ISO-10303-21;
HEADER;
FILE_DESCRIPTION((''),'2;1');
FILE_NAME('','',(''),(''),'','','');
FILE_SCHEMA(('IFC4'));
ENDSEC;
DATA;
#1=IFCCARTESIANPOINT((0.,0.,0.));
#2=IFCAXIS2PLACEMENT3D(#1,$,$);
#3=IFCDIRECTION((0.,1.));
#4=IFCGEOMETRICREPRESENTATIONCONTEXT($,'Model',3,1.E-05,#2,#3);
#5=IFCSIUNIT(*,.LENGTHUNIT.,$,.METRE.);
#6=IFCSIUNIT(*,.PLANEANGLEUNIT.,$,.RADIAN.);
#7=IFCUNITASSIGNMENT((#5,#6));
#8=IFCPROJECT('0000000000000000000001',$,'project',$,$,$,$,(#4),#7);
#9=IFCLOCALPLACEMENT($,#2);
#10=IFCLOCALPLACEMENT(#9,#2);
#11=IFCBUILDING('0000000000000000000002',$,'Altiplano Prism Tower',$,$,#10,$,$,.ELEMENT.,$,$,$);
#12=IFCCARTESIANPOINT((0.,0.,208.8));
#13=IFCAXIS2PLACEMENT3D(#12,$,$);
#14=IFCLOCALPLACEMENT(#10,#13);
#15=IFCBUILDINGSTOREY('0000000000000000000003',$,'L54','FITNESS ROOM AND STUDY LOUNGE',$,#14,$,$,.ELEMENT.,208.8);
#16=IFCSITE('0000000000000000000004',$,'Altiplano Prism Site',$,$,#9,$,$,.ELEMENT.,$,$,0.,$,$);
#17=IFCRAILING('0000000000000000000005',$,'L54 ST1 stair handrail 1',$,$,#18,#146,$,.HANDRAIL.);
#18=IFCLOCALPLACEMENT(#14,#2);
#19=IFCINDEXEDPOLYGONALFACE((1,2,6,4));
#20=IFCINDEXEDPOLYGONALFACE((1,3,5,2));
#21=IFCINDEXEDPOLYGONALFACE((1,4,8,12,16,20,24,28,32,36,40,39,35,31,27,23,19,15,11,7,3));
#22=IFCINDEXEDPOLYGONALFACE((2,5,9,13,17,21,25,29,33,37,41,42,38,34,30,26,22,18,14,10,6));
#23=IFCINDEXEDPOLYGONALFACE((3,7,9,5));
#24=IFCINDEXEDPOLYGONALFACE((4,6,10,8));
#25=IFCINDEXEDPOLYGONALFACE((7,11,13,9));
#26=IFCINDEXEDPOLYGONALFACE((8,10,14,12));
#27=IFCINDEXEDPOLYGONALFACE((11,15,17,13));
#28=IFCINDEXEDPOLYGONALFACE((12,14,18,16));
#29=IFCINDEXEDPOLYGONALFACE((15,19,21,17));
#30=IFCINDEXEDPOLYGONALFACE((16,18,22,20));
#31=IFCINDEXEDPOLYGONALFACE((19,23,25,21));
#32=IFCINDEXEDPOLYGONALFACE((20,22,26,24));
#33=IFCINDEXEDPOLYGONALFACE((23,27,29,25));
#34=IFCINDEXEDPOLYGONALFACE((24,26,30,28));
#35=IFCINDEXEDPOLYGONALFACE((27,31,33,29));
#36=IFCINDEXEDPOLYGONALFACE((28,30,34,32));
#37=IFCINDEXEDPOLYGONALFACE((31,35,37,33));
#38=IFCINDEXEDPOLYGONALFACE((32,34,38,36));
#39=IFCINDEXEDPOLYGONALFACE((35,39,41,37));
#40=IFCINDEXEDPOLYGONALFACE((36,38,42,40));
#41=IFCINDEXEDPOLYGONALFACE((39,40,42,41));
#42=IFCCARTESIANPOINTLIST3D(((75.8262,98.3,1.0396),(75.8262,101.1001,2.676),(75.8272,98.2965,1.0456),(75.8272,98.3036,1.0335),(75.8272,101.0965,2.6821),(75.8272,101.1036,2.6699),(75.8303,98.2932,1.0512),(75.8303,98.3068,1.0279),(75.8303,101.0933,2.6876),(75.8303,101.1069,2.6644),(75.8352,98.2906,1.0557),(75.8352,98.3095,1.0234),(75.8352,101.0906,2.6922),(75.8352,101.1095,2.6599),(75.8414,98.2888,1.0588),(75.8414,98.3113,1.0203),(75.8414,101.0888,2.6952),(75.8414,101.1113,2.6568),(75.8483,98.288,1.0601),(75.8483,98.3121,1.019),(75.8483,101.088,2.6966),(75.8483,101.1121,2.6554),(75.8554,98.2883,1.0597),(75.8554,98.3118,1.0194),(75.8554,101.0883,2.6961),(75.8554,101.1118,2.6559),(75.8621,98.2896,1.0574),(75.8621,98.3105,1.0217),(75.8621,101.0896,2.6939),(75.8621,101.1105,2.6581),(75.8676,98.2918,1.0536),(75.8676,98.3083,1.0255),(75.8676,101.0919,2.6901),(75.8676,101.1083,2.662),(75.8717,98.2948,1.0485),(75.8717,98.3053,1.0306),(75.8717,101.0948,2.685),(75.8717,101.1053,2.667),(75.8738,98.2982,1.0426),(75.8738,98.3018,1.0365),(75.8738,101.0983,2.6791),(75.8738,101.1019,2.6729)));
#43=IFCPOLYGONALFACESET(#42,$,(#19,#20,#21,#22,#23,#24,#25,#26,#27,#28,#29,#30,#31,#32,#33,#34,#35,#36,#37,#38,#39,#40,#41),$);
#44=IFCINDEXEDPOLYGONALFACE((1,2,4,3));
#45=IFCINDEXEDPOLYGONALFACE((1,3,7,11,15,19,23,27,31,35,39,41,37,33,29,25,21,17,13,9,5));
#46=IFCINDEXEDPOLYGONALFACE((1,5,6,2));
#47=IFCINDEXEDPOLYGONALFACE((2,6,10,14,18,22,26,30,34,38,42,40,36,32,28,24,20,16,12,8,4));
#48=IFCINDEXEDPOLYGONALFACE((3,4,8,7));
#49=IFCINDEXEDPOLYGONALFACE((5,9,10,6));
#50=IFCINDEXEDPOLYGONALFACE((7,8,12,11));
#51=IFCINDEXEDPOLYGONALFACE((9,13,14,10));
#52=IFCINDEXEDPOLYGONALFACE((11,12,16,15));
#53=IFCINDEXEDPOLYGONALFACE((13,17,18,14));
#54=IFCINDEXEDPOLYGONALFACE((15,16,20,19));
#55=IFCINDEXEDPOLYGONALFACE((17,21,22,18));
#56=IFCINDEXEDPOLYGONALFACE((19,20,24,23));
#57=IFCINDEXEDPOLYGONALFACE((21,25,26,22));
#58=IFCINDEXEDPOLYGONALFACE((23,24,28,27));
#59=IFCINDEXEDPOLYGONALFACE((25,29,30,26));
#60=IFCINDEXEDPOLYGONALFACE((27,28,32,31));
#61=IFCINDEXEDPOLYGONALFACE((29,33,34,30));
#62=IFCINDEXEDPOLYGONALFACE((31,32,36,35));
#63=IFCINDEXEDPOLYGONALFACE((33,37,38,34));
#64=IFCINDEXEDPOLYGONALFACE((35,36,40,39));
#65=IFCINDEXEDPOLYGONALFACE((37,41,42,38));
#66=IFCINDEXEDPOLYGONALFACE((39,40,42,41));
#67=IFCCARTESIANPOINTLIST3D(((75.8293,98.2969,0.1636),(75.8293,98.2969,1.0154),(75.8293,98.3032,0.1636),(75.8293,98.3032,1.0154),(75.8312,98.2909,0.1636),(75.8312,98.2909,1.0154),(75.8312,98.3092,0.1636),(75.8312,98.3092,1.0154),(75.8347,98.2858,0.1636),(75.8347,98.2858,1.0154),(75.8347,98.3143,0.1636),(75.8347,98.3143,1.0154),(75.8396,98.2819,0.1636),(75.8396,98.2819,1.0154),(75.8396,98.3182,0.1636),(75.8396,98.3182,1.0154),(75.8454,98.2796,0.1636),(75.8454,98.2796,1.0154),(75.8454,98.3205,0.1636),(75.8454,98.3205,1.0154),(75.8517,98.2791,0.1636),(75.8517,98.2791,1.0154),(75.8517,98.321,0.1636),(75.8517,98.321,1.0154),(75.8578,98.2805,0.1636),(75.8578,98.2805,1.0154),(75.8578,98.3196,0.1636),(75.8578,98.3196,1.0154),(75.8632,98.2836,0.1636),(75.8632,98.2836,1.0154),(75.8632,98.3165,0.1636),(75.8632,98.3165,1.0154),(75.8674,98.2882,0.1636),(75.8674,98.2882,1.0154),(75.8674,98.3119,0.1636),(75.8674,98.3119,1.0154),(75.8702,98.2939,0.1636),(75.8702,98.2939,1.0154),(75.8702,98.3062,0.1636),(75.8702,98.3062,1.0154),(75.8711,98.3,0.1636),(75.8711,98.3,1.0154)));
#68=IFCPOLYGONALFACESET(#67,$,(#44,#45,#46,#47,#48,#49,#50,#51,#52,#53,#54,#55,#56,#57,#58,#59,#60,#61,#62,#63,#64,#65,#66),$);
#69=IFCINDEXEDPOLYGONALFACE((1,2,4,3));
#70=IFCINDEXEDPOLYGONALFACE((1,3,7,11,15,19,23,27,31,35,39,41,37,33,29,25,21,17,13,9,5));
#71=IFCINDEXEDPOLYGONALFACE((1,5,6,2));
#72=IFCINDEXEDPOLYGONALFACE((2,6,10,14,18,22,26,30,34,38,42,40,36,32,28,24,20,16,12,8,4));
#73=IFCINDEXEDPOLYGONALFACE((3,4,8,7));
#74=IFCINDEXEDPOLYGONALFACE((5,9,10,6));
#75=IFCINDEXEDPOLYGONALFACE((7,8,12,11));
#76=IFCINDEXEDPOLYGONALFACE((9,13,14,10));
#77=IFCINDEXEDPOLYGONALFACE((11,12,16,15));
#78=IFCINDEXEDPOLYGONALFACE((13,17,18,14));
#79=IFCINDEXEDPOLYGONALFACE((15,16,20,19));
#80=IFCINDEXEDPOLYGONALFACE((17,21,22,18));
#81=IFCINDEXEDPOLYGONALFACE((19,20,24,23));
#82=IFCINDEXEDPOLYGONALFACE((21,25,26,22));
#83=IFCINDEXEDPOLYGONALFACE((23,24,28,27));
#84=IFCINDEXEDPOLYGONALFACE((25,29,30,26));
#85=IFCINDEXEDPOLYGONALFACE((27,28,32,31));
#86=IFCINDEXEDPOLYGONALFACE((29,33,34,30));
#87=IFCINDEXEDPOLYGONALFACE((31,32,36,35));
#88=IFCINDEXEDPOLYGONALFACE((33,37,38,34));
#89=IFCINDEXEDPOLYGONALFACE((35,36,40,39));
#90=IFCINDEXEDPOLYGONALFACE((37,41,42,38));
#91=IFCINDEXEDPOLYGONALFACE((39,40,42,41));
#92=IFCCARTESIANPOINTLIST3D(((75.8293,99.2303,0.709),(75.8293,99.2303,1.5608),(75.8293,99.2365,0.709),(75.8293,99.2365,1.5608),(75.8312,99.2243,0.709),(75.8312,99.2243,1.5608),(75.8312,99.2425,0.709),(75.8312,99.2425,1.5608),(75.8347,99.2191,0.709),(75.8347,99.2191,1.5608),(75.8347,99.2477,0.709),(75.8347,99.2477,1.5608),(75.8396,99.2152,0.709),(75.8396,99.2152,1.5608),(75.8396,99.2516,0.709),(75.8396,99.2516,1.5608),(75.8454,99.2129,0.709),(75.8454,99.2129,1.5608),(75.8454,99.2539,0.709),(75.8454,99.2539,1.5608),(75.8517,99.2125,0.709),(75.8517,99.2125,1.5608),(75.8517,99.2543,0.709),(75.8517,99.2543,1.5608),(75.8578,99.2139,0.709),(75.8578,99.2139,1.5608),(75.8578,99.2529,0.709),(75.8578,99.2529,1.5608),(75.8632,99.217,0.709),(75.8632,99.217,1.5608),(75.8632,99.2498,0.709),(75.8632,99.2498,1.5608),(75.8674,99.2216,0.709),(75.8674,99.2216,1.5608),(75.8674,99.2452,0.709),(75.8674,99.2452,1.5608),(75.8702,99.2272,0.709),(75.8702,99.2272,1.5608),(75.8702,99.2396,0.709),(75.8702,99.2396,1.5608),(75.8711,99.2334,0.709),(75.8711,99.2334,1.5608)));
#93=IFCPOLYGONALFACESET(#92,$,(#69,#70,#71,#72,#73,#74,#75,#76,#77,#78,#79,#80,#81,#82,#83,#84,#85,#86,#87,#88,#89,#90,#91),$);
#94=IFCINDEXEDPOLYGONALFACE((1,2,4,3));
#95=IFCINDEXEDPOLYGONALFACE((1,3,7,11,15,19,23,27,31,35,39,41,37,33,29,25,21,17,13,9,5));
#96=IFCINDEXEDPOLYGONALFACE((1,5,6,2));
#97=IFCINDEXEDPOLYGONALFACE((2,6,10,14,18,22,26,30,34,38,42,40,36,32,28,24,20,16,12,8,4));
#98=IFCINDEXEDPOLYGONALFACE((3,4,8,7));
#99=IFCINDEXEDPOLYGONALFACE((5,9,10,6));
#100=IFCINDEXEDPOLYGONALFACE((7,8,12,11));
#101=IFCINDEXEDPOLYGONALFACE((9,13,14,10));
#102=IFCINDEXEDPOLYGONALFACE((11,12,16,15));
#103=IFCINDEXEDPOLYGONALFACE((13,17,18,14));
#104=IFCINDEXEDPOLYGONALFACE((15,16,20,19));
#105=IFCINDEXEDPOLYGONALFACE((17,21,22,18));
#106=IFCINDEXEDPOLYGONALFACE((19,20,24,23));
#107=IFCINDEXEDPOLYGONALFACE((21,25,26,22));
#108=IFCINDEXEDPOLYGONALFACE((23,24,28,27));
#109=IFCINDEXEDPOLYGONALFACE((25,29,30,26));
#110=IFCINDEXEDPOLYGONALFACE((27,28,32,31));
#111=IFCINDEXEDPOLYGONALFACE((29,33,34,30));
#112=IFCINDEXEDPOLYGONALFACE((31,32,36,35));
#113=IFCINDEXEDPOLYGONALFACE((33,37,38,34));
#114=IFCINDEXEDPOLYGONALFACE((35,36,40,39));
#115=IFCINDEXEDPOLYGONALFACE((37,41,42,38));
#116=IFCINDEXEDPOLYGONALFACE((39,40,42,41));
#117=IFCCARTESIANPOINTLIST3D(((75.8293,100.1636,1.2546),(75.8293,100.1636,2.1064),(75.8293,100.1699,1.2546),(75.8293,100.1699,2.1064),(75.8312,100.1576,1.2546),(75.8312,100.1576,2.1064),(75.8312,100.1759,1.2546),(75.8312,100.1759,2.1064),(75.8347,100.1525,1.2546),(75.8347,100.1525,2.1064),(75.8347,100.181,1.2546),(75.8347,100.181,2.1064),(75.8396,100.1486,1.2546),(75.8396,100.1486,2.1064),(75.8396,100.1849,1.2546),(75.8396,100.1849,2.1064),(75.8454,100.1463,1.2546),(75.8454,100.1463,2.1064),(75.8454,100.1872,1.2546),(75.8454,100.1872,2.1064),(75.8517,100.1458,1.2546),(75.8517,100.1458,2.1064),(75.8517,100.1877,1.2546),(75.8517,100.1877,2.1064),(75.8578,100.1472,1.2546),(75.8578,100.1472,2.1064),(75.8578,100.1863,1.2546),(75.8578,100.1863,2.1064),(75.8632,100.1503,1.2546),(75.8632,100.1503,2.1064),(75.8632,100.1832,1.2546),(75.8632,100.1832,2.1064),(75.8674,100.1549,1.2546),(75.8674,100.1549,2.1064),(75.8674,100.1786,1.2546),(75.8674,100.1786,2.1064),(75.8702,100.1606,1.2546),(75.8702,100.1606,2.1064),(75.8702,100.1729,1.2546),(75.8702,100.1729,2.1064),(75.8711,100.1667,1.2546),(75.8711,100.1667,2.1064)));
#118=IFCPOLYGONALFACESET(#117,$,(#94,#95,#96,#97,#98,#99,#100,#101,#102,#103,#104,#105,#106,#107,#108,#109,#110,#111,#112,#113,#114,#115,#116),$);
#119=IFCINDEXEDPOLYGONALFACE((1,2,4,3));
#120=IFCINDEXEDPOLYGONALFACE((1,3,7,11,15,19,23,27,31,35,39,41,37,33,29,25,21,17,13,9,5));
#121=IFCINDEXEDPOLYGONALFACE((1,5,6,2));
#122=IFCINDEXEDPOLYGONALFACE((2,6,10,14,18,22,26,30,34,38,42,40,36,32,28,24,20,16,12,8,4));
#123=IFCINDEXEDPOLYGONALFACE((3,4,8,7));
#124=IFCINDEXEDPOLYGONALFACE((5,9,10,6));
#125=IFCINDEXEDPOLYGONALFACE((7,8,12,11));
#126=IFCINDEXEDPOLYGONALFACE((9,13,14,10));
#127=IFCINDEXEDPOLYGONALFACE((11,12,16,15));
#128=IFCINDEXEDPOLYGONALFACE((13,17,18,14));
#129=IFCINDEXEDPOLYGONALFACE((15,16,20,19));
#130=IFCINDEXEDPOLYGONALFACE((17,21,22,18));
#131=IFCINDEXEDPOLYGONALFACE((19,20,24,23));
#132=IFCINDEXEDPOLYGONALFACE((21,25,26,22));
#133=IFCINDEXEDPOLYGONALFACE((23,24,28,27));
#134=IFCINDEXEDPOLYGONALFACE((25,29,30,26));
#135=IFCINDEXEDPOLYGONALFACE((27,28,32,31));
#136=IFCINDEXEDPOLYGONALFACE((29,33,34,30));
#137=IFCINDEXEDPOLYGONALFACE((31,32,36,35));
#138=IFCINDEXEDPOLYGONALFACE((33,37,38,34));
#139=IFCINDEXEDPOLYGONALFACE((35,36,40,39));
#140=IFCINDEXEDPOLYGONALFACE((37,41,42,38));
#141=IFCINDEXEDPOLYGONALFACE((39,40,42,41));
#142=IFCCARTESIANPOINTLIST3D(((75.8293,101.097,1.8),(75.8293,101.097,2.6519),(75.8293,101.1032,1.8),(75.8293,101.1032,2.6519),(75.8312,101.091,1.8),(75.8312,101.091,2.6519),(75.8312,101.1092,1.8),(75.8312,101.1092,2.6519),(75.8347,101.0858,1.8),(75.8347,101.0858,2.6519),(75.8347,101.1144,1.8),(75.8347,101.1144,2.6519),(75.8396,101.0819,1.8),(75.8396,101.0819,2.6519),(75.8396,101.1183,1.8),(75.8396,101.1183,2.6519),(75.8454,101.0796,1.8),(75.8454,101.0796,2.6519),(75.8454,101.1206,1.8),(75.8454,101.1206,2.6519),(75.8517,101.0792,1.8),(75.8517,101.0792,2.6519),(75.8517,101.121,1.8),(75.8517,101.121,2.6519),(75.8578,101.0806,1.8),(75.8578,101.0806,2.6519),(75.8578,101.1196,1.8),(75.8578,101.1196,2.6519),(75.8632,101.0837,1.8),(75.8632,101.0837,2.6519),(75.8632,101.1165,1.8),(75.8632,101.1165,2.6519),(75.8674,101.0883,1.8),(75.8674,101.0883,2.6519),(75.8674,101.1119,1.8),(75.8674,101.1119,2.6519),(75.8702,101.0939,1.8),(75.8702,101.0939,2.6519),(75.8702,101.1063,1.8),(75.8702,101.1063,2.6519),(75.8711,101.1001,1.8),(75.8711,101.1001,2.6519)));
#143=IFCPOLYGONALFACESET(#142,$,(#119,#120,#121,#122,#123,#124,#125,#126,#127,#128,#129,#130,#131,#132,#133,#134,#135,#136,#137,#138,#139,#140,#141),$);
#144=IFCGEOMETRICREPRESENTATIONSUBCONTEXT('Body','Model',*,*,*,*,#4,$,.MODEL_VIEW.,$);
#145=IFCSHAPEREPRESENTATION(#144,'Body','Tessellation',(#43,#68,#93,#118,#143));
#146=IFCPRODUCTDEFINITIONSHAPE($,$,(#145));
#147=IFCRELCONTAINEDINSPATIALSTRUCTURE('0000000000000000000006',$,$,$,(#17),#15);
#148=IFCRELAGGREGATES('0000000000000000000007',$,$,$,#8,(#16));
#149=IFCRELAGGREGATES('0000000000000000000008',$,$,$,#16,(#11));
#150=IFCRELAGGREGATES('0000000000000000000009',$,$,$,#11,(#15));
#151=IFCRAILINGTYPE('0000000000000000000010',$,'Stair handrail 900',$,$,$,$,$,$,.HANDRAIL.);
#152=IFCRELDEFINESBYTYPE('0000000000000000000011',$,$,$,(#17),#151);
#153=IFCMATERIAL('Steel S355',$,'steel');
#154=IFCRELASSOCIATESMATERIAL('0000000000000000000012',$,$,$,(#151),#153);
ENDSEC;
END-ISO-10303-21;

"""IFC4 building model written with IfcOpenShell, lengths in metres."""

from ifc_helpers import new_model, si_unit, direction, frame, origin, origin_2d, place, context, subcontext, project, spatial, circle, extrude, material, type_object, element, save


model = new_model("IFC4")

# Units and contexts
model_context = context("Model", 3, precision=1e-05, world=origin(), true_north=direction((0.0, 1.0)))
body_context = subcontext(model_context, "Body", "Model", "MODEL_VIEW")
ifc_project = project(units=[si_unit("LENGTHUNIT", "METRE"), si_unit("PLANEANGLEUNIT", "RADIAN")], contexts=[model_context])

# Site, building, storey
site_placement = place(None, origin())
site = spatial("IfcSite", under=ifc_project, at=site_placement, Name="Altiplano Prism Site", CompositionType="ELEMENT", RefElevation=0.0)
building_placement = place(site_placement, origin())
building = spatial("IfcBuilding", under=site, at=building_placement, Name="Altiplano Prism Tower", CompositionType="ELEMENT")
storey_placement = place(building_placement, frame((0.0, 0.0, 208.8)))
storey = spatial("IfcBuildingStorey", under=building, at=storey_placement, Name="L54", Description="FITNESS ROOM AND STUDY LOUNGE", CompositionType="ELEMENT", Elevation=208.8)

# Railing
ifc_material_1 = material(Name="Steel S355", Category="steel")
railing_type_1 = type_object("IfcRailingType", Name="Stair handrail 900", PredefinedType="HANDRAIL", material=ifc_material_1)
railing_1_placement = place(storey_placement, frame((75.8501, 98.3, 0.1636)))
element("IfcRailing", 1, at=railing_1_placement, inside=storey, type_object=railing_type_1, Name="L54 ST1 stair handrail 1", PredefinedType="HANDRAIL", context=body_context, shape_type="SweptSolid", body=[
    extrude(circle(Radius=0.0239, at=origin_2d()), frame((0.0, 0.0, 0.876), z_axis=(0.0, 0.863361, 0.504587), x_axis=(-1.0, 0.0, 0.0)), (0.0, 0.0, 1.0), 3.2432),
    extrude(circle(Radius=0.021, at=origin_2d()), origin(), (0.0, 0.0, 1.0), 0.8518),
    extrude(circle(Radius=0.021, at=origin_2d()), frame((0.0, 0.9333, 0.5454)), (0.0, 0.0, 1.0), 0.8518),
    extrude(circle(Radius=0.021, at=origin_2d()), frame((0.0, 1.8667, 1.0911)), (0.0, 0.0, 1.0), 0.8518),
    extrude(circle(Radius=0.021, at=origin_2d()), frame((0.0, 2.8, 1.6365)), (0.0, 0.0, 1.0), 0.8518),
])

save(model, "model.ifc")
